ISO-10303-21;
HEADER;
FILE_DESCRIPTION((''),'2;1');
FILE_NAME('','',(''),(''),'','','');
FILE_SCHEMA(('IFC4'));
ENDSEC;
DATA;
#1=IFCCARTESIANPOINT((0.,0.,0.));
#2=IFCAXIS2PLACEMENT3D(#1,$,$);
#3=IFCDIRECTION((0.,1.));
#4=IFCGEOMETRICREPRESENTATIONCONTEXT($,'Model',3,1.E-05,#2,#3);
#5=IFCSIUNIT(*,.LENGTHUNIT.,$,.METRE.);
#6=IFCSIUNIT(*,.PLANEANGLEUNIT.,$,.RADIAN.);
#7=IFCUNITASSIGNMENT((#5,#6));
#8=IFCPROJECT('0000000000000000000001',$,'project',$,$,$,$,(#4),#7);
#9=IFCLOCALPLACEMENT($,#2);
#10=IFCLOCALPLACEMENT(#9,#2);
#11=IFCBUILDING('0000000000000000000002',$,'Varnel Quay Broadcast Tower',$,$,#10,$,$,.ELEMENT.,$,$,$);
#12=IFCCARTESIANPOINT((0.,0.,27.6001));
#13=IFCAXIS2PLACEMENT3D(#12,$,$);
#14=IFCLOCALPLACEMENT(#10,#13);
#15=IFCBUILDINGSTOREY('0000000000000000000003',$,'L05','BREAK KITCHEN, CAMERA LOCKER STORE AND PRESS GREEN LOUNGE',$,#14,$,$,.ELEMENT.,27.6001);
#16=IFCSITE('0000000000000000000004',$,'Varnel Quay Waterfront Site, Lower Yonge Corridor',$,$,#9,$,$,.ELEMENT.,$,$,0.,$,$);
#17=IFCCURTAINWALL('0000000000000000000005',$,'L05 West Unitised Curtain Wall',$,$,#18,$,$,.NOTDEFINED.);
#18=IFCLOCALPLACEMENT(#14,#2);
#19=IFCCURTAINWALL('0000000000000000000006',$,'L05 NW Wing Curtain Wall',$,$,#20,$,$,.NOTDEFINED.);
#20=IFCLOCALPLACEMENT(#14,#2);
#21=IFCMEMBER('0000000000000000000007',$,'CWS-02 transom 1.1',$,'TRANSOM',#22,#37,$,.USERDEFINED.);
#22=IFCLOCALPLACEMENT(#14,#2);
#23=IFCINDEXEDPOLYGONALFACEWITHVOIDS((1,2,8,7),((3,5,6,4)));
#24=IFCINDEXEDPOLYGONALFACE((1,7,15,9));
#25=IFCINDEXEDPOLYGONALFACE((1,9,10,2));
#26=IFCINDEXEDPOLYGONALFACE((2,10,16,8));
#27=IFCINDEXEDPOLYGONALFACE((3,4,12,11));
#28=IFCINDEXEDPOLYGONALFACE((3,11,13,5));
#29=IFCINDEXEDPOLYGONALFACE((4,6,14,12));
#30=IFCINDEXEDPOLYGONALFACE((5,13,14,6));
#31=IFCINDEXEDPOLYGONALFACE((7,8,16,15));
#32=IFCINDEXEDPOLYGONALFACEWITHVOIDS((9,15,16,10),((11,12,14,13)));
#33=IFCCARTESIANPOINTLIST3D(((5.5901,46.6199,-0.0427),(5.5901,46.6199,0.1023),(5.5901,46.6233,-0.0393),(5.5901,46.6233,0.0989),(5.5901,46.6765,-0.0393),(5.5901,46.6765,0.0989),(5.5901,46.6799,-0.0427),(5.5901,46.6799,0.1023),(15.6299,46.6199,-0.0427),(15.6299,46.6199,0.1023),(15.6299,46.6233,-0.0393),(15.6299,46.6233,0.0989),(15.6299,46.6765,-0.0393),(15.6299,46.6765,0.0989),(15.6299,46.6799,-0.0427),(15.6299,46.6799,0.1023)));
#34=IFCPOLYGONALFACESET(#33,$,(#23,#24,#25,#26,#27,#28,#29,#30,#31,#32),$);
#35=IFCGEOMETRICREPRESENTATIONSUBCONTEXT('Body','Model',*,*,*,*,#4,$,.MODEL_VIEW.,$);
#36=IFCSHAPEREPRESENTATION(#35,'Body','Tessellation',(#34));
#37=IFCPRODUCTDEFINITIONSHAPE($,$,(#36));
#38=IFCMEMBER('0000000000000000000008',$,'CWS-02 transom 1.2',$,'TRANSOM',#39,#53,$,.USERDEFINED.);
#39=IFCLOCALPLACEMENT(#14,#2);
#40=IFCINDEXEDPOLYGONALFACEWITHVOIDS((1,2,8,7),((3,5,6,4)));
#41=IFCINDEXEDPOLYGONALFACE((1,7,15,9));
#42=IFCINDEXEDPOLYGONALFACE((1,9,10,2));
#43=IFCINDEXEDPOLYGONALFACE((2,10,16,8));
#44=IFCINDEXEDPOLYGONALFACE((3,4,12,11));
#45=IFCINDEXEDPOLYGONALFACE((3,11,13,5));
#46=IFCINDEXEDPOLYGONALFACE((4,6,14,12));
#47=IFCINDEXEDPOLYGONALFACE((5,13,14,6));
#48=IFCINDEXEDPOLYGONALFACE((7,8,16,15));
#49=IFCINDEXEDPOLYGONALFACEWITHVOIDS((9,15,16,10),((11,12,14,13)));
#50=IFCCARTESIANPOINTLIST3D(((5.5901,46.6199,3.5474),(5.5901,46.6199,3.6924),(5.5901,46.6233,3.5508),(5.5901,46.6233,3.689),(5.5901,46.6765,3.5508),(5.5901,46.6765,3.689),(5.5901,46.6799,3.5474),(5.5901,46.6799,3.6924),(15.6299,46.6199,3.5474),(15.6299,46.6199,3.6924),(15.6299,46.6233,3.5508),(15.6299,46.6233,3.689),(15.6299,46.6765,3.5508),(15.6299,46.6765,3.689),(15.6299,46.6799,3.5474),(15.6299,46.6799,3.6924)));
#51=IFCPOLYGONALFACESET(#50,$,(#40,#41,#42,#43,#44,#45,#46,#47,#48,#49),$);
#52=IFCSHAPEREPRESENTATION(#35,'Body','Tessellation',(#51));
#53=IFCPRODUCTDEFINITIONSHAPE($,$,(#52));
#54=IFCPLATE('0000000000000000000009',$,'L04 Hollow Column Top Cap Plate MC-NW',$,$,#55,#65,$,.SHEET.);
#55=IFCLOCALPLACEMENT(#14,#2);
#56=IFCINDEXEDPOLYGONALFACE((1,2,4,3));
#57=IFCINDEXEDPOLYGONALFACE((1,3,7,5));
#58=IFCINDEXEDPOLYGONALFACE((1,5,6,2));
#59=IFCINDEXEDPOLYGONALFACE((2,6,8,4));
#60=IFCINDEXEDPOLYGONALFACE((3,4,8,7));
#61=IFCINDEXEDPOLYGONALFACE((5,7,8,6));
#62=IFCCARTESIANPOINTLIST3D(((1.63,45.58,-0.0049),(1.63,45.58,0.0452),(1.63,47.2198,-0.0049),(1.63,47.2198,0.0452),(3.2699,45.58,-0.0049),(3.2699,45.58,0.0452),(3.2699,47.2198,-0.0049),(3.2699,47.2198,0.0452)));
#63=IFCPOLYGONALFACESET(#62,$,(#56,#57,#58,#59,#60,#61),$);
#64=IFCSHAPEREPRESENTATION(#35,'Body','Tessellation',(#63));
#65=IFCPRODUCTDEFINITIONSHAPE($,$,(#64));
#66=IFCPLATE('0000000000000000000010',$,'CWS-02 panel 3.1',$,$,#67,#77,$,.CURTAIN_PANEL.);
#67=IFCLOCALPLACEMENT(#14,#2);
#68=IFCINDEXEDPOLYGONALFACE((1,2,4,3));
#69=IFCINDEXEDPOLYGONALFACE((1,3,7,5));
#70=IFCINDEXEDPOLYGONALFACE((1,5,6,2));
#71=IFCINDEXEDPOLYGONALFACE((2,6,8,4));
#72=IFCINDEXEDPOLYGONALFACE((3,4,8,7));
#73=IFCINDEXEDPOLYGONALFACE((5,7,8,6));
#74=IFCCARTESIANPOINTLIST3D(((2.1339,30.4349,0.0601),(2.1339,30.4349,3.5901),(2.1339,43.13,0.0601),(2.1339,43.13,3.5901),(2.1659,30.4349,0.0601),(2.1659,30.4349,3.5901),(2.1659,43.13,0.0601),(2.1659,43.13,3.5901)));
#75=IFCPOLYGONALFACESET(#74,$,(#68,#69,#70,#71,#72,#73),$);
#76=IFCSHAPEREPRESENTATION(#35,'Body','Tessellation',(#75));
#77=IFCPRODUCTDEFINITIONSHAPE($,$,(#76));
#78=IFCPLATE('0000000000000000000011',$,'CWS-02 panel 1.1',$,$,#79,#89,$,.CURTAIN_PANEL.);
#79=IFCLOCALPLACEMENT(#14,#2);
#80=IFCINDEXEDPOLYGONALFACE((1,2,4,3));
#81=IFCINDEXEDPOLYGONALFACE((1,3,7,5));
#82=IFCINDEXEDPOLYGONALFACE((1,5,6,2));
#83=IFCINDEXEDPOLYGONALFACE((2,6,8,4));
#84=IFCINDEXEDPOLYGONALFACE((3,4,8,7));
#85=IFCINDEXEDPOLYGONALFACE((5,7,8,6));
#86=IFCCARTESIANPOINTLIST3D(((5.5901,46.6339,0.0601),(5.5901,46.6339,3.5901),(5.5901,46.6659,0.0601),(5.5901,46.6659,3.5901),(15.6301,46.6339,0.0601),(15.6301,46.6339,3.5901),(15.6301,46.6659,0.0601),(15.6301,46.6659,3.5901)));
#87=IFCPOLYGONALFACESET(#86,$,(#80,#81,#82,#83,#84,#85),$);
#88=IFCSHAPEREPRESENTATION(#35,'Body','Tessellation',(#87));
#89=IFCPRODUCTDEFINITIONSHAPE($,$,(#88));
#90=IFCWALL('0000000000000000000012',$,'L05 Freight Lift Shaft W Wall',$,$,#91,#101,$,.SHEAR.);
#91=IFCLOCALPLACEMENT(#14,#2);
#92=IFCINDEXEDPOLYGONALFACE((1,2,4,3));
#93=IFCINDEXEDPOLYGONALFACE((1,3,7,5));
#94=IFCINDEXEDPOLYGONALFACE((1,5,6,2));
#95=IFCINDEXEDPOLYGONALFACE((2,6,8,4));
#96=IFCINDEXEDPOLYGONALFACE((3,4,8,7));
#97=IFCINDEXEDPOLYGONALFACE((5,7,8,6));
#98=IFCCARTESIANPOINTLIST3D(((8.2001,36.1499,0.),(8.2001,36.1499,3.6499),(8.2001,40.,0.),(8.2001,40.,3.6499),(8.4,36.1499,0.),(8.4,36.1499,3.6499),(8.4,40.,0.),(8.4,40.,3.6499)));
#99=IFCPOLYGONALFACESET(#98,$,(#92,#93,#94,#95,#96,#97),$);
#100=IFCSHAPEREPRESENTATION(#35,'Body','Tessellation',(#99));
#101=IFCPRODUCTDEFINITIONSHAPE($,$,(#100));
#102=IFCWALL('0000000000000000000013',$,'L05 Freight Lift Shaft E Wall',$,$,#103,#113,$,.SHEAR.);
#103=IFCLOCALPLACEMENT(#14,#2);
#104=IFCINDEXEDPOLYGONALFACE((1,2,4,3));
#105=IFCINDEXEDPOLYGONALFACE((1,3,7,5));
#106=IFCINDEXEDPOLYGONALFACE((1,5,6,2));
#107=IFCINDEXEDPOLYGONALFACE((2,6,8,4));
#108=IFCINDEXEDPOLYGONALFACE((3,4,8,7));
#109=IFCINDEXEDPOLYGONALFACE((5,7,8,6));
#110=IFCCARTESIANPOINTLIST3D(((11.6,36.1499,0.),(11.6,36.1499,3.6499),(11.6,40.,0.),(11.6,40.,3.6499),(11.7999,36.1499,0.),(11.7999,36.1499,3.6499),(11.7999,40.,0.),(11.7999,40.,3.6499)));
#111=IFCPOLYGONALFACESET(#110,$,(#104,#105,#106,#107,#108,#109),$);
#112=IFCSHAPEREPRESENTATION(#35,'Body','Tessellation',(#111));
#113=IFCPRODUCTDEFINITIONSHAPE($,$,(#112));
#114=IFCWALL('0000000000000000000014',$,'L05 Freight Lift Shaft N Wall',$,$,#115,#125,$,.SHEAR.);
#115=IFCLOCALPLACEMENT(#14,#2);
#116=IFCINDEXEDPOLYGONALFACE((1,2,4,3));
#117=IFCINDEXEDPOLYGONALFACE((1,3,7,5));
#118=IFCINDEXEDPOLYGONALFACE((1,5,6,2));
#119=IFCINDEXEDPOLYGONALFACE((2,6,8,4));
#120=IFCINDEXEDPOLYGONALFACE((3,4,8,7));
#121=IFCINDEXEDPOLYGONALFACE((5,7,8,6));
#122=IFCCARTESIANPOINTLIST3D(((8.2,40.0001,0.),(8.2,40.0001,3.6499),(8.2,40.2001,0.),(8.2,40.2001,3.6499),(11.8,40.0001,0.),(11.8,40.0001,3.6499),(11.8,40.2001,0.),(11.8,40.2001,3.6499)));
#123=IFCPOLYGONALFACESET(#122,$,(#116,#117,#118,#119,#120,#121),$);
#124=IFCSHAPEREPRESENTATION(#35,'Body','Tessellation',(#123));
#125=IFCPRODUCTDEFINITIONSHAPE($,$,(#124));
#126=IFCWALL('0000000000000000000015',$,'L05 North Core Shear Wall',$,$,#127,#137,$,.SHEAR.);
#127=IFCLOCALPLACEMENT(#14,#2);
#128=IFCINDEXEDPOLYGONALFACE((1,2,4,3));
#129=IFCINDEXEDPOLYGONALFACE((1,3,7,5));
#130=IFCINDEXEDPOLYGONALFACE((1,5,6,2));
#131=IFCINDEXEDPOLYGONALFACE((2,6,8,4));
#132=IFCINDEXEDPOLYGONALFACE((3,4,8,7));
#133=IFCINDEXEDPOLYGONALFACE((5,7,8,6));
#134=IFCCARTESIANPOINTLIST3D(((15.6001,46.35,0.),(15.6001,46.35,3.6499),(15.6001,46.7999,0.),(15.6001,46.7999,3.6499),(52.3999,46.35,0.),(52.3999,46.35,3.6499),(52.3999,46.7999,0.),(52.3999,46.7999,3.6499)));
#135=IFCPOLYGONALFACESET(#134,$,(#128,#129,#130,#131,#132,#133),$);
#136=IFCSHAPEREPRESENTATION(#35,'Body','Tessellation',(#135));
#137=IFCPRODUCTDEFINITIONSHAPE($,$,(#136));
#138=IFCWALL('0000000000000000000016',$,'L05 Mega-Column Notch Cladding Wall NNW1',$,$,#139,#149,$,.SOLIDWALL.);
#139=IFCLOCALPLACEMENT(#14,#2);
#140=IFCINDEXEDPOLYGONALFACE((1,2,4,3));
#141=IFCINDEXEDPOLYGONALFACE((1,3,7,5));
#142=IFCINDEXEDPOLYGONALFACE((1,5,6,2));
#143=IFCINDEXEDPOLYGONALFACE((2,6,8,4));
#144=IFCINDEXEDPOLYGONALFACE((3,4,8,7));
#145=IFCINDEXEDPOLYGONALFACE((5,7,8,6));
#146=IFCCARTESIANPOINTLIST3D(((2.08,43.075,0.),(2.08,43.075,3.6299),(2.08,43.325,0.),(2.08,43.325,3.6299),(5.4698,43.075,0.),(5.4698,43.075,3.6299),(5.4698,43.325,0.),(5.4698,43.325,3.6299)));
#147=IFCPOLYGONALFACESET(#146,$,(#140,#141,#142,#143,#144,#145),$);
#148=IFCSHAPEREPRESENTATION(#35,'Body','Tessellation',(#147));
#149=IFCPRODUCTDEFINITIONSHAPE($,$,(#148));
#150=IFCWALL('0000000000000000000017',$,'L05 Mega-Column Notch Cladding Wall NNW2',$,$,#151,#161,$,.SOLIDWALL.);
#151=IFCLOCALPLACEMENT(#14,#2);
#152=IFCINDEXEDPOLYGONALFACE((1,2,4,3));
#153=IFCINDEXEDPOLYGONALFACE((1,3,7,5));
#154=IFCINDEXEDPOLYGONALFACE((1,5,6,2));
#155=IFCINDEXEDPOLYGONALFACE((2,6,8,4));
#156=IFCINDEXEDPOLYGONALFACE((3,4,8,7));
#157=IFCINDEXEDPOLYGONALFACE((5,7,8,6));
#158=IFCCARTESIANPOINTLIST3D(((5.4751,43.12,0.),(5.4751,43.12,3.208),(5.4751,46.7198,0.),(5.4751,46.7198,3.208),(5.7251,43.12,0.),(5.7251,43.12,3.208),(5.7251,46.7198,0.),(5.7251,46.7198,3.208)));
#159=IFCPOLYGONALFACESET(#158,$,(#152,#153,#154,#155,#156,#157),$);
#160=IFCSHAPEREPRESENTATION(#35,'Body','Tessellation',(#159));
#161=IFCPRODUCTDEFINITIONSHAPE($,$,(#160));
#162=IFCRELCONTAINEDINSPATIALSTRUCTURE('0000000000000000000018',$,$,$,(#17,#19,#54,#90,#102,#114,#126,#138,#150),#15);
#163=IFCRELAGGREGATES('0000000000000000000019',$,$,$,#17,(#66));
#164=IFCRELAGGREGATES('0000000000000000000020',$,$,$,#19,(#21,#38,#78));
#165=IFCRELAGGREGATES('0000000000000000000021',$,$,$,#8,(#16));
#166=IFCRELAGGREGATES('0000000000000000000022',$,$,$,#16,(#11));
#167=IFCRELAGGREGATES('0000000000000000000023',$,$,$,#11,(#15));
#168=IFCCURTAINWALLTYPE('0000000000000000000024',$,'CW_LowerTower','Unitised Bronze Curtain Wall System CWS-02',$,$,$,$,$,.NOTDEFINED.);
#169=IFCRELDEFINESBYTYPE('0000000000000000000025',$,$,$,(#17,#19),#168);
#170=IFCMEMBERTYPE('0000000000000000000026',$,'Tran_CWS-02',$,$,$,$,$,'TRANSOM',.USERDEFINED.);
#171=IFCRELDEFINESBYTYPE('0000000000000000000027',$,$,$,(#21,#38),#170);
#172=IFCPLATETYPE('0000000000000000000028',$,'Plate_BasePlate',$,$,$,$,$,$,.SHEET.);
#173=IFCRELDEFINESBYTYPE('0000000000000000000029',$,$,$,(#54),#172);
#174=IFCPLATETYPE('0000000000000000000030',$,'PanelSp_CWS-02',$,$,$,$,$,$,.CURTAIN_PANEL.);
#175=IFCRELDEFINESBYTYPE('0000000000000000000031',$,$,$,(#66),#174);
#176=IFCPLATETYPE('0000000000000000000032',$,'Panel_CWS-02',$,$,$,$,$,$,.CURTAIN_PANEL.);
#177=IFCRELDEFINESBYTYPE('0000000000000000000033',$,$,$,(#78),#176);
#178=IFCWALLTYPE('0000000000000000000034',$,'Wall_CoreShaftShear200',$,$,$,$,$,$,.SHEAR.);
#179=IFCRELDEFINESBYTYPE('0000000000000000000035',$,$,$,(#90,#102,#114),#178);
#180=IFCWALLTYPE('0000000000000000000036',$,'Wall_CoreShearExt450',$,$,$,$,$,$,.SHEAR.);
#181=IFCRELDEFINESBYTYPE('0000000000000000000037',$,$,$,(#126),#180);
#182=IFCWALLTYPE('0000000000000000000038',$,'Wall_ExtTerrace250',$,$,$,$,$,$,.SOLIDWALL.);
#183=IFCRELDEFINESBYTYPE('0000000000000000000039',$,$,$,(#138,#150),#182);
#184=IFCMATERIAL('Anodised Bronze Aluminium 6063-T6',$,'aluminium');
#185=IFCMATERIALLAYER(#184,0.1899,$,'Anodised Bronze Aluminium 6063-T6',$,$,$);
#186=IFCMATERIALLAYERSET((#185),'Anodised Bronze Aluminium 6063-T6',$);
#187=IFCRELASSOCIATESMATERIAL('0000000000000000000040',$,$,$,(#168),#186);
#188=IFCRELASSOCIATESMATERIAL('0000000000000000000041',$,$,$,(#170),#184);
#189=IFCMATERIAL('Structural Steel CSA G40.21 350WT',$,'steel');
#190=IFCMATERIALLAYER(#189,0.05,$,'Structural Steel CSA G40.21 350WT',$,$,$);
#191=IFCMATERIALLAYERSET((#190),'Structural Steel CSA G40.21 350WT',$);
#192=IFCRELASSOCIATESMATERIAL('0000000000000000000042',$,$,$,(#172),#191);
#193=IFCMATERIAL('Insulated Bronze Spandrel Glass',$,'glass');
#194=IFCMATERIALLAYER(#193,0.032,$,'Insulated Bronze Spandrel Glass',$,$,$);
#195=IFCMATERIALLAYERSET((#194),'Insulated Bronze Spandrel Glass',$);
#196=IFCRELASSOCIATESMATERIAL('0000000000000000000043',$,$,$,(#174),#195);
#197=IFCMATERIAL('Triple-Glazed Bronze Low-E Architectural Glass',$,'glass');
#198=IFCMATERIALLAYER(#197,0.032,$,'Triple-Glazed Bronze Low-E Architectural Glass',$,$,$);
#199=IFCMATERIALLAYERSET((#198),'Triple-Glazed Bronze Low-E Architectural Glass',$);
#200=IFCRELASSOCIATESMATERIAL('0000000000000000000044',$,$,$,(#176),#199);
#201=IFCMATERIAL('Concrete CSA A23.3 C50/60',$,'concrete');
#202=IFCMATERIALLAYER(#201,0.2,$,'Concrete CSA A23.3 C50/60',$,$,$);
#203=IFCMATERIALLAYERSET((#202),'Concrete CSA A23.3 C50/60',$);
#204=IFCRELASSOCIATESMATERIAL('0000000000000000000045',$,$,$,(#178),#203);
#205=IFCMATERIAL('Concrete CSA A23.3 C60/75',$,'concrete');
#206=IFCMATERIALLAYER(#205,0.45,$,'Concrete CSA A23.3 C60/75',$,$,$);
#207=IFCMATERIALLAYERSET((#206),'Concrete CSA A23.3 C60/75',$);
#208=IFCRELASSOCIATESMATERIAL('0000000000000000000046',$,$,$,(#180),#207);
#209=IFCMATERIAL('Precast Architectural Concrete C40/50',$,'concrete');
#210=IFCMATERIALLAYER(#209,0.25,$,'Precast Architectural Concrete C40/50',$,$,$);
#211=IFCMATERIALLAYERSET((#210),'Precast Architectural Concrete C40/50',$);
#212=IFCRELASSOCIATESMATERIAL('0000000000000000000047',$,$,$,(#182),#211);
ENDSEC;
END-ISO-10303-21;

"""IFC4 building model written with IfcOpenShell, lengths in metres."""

from ifc_helpers import new_model, si_unit, direction, frame, frame_2d, origin, origin_2d, place, context, subcontext, project, spatial, rectangle, hollow_rectangle, extrude, source, transform, mapped, material, layer, layer_set, material_profile, profile_set, type_object, type_shapes, element, aggregate, save


model = new_model("IFC4")

# Units and contexts
model_context = context("Model", 3, precision=1e-05, world=origin(), true_north=direction((0.0, 1.0)))
body_context = subcontext(model_context, "Body", "Model", "MODEL_VIEW")
ifc_project = project(units=[si_unit("LENGTHUNIT", "METRE"), si_unit("PLANEANGLEUNIT", "RADIAN")], contexts=[model_context])

# Site, building, storey
site_placement = place(None, origin())
site = spatial("IfcSite", under=ifc_project, at=site_placement, Name="Varnel Quay Waterfront Site, Lower Yonge Corridor", CompositionType="ELEMENT", RefElevation=0.0)
building_placement = place(site_placement, origin())
building = spatial("IfcBuilding", under=site, at=building_placement, Name="Varnel Quay Broadcast Tower", CompositionType="ELEMENT")
storey_placement = place(building_placement, frame((0.0, 0.0, 27.6001)))
storey = spatial("IfcBuildingStorey", under=building, at=storey_placement, Name="L05", Description="BREAK KITCHEN, CAMERA LOCKER STORE AND PRESS GREEN LOUNGE", CompositionType="ELEMENT", Elevation=27.6001)

# Shared definitions
ifc_material_1 = material(Name="Structural Steel CSA G40.21 350WT", Category="steel")

# Curtain wall
ifc_material_2 = material(Name="Anodised Bronze Aluminium 6063-T6", Category="aluminium")
ifc_layer_1 = layer(ifc_material_2, 0.1899, Name="Anodised Bronze Aluminium 6063-T6")
ifc_layer_set_1 = layer_set([ifc_layer_1], Name="Anodised Bronze Aluminium 6063-T6")
curtain_wall_type = type_object("IfcCurtainWallType", Name="CW_LowerTower", Description="Unitised Bronze Curtain Wall System CWS-02", PredefinedType="NOTDEFINED", material=ifc_layer_set_1)
curtain_wall_1_placement = place(storey_placement, origin())
curtain_wall_1 = element("IfcCurtainWall", 1, at=curtain_wall_1_placement, inside=storey, type_object=curtain_wall_type, Name="L05 West Unitised Curtain Wall", PredefinedType="NOTDEFINED")

# Curtain wall, members
curtain_wall_2_placement = place(storey_placement, origin())
curtain_wall_2 = element("IfcCurtainWall", 2, at=curtain_wall_2_placement, inside=storey, type_object=curtain_wall_type, Name="L05 NW Wing Curtain Wall", PredefinedType="NOTDEFINED")
ifc_material_profile_1 = material_profile(ifc_material_2, hollow_rectangle(XDim=0.0601, YDim=0.145, WallThickness=0.0034, at=origin_2d()), Name="ALU60X145X3.5")
ifc_profile_set_1 = profile_set([ifc_material_profile_1], Name="Anodised Bronze Aluminium 6063-T6")
member_type_1 = type_object("IfcMemberType", Name="Tran_CWS-02", ElementType="TRANSOM", PredefinedType="USERDEFINED", material=ifc_profile_set_1)
shared_shape_1 = source(origin(), body_context, "Body", "SweptSolid", [
    extrude(hollow_rectangle(XDim=0.0601, YDim=0.145, WallThickness=0.0034, at=origin_2d()), origin(), (0.0, 0.0, 1.0), 10.0398),
])
type_shapes(member_type_1, [shared_shape_1])
member_1_placement = place(storey_placement, frame((5.5901, 46.6499, 0.0298), z_axis=(1.0, 0.0, 0.0), x_axis=(0.0, 1.0, 0.0)))
member_1 = element("IfcMember", 3, at=member_1_placement, type_object=member_type_1, Name="CWS-02 transom 1.1", ObjectType="TRANSOM", PredefinedType="USERDEFINED", context=body_context, shape_type="MappedRepresentation", body=[
    mapped(shared_shape_1, transform((0.0, 0.0, 0.0), x_axis=(1.0, 0.0, 0.0), y_axis=(0.0, 1.0, 0.0), z_axis=(0.0, 0.0, 1.0), scale=1.0)),
])
member_2_placement = place(storey_placement, frame((5.5901, 46.6499, 3.6199), z_axis=(1.0, 0.0, 0.0), x_axis=(0.0, 1.0, 0.0)))
member_2 = element("IfcMember", 4, at=member_2_placement, type_object=member_type_1, Name="CWS-02 transom 1.2", ObjectType="TRANSOM", PredefinedType="USERDEFINED", context=body_context, shape_type="MappedRepresentation", body=[
    mapped(shared_shape_1, transform((0.0, 0.0, 0.0), x_axis=(1.0, 0.0, 0.0), y_axis=(0.0, 1.0, 0.0), z_axis=(0.0, 0.0, 1.0), scale=1.0)),
])

# Plates
ifc_layer_2 = layer(ifc_material_1, 0.05, Name="Structural Steel CSA G40.21 350WT")
ifc_layer_set_2 = layer_set([ifc_layer_2], Name="Structural Steel CSA G40.21 350WT")
plate_type_1 = type_object("IfcPlateType", Name="Plate_BasePlate", PredefinedType="SHEET", material=ifc_layer_set_2)
shared_shape_2 = source(origin(), body_context, "Body", "SweptSolid", [
    extrude(rectangle(XDim=1.6399, YDim=1.6399, at=origin_2d()), origin(), (0.0, 0.0, 1.0), 0.05),
])
type_shapes(plate_type_1, [shared_shape_2])
plate_1_placement = place(storey_placement, frame((2.45, 46.3999, -0.0049), z_axis=(0.0, 0.0, 1.0), x_axis=(1.0, 0.0, 0.0)))
element("IfcPlate", 5, at=plate_1_placement, inside=storey, type_object=plate_type_1, Name="L04 Hollow Column Top Cap Plate MC-NW", PredefinedType="SHEET", context=body_context, shape_type="MappedRepresentation", body=[
    mapped(shared_shape_2, transform((0.0, 0.0, 0.0), x_axis=(1.0, 0.0, 0.0), y_axis=(0.0, 1.0, 0.0), z_axis=(0.0, 0.0, 1.0), scale=1.0)),
])
ifc_material_3 = material(Name="Insulated Bronze Spandrel Glass", Category="glass")
ifc_layer_3 = layer(ifc_material_3, 0.032, Name="Insulated Bronze Spandrel Glass")
ifc_layer_set_3 = layer_set([ifc_layer_3], Name="Insulated Bronze Spandrel Glass")
plate_type_2 = type_object("IfcPlateType", Name="PanelSp_CWS-02", PredefinedType="CURTAIN_PANEL", material=ifc_layer_set_3)
shared_shape_3 = source(origin(), body_context, "Body", "SweptSolid", [
    extrude(rectangle(XDim=12.6951, YDim=0.032, at=origin_2d()), origin(), (0.0, 0.0, 1.0), 3.53),
])
type_shapes(plate_type_2, [shared_shape_3])
plate_2_placement = place(storey_placement, frame((2.1499, 36.7825, 0.0601), z_axis=(0.0, 0.0, 1.0), x_axis=(0.0, 1.0, 0.0)))
plate_2 = element("IfcPlate", 6, at=plate_2_placement, type_object=plate_type_2, Name="CWS-02 panel 3.1", PredefinedType="CURTAIN_PANEL", context=body_context, shape_type="MappedRepresentation", body=[
    mapped(shared_shape_3, transform((0.0, 0.0, 0.0), x_axis=(1.0, 0.0, 0.0), y_axis=(0.0, 1.0, 0.0), z_axis=(0.0, 0.0, 1.0), scale=1.0)),
])
aggregate(curtain_wall_1, [plate_2])
ifc_material_4 = material(Name="Triple-Glazed Bronze Low-E Architectural Glass", Category="glass")
ifc_layer_4 = layer(ifc_material_4, 0.032, Name="Triple-Glazed Bronze Low-E Architectural Glass")
ifc_layer_set_4 = layer_set([ifc_layer_4], Name="Triple-Glazed Bronze Low-E Architectural Glass")
plate_type_3 = type_object("IfcPlateType", Name="Panel_CWS-02", PredefinedType="CURTAIN_PANEL", material=ifc_layer_set_4)
shared_shape_4 = source(origin(), body_context, "Body", "SweptSolid", [
    extrude(rectangle(XDim=10.04, YDim=0.032, at=origin_2d()), origin(), (0.0, 0.0, 1.0), 3.53),
])
type_shapes(plate_type_3, [shared_shape_4])
plate_3_placement = place(storey_placement, frame((10.6101, 46.6499, 0.0601), z_axis=(0.0, 0.0, 1.0), x_axis=(1.0, 0.0, 0.0)))
plate_3 = element("IfcPlate", 7, at=plate_3_placement, type_object=plate_type_3, Name="CWS-02 panel 1.1", PredefinedType="CURTAIN_PANEL", context=body_context, shape_type="MappedRepresentation", body=[
    mapped(shared_shape_4, transform((0.0, 0.0, 0.0), x_axis=(1.0, 0.0, 0.0), y_axis=(0.0, 1.0, 0.0), z_axis=(0.0, 0.0, 1.0), scale=1.0)),
])
aggregate(curtain_wall_2, [member_1, member_2, plate_3])

# Walls
ifc_material_5 = material(Name="Concrete CSA A23.3 C50/60", Category="concrete")
ifc_layer_5 = layer(ifc_material_5, 0.2, Name="Concrete CSA A23.3 C50/60")
ifc_layer_set_5 = layer_set([ifc_layer_5], Name="Concrete CSA A23.3 C50/60")
wall_type_1 = type_object("IfcWallType", Name="Wall_CoreShaftShear200", PredefinedType="SHEAR", material=ifc_layer_set_5)
for number, where, z_axis, x_axis, name in (
    (8, (8.3, 36.1499, 0.0), (0.0, 0.0, 1.0), (0.0, 1.0, 0.0), "L05 Freight Lift Shaft W Wall"),
    (9, (11.7, 36.1499, 0.0), (0.0, 0.0, 1.0), (0.0, 1.0, 0.0), "L05 Freight Lift Shaft E Wall"),
):
    element("IfcWall", number, at=place(storey_placement, frame(where, z_axis=z_axis, x_axis=x_axis)), inside=storey, type_object=wall_type_1, Name=name, PredefinedType="SHEAR", context=body_context, shape_type="SweptSolid", body=[
        extrude(rectangle(XDim=3.8501, YDim=0.2, at=frame_2d((1.925, 0.0))), origin(), (0.0, 0.0, 1.0), 3.6499),
    ])
wall_1_placement = place(storey_placement, frame((8.2, 40.1001, 0.0), z_axis=(0.0, 0.0, 1.0), x_axis=(1.0, 0.0, 0.0)))
element("IfcWall", 10, at=wall_1_placement, inside=storey, type_object=wall_type_1, Name="L05 Freight Lift Shaft N Wall", PredefinedType="SHEAR", context=body_context, shape_type="SweptSolid", body=[
    extrude(rectangle(XDim=3.6001, YDim=0.2, at=frame_2d((1.8, 0.0))), origin(), (0.0, 0.0, 1.0), 3.6499),
])
ifc_material_6 = material(Name="Concrete CSA A23.3 C60/75", Category="concrete")
ifc_layer_6 = layer(ifc_material_6, 0.45, Name="Concrete CSA A23.3 C60/75")
ifc_layer_set_6 = layer_set([ifc_layer_6], Name="Concrete CSA A23.3 C60/75")
wall_type_2 = type_object("IfcWallType", Name="Wall_CoreShearExt450", PredefinedType="SHEAR", material=ifc_layer_set_6)
wall_2_placement = place(storey_placement, frame((15.6001, 46.575, 0.0), z_axis=(0.0, 0.0, 1.0), x_axis=(1.0, 0.0, 0.0)))
element("IfcWall", 11, at=wall_2_placement, inside=storey, type_object=wall_type_2, Name="L05 North Core Shear Wall", PredefinedType="SHEAR", context=body_context, shape_type="SweptSolid", body=[
    extrude(rectangle(XDim=36.7998, YDim=0.45, at=frame_2d((18.3999, 0.0))), origin(), (0.0, 0.0, 1.0), 3.6499),
])
ifc_material_7 = material(Name="Precast Architectural Concrete C40/50", Category="concrete")
ifc_layer_7 = layer(ifc_material_7, 0.25, Name="Precast Architectural Concrete C40/50")
ifc_layer_set_7 = layer_set([ifc_layer_7], Name="Precast Architectural Concrete C40/50")
wall_type_3 = type_object("IfcWallType", Name="Wall_ExtTerrace250", PredefinedType="SOLIDWALL", material=ifc_layer_set_7)
wall_3_placement = place(storey_placement, frame((2.0801, 43.2, 0.0), z_axis=(0.0, 0.0, 1.0), x_axis=(1.0, 0.0, 0.0)))
element("IfcWall", 12, at=wall_3_placement, inside=storey, type_object=wall_type_3, Name="L05 Mega-Column Notch Cladding Wall NNW1", PredefinedType="SOLIDWALL", context=body_context, shape_type="SweptSolid", body=[
    extrude(rectangle(XDim=3.3899, YDim=0.25, at=frame_2d((1.6948, 0.0))), origin(), (0.0, 0.0, 1.0), 3.6299),
])
wall_4_placement = place(storey_placement, frame((5.6001, 43.1201, 0.0), z_axis=(0.0, 0.0, 1.0), x_axis=(0.0, 1.0, 0.0)))
element("IfcWall", 13, at=wall_4_placement, inside=storey, type_object=wall_type_3, Name="L05 Mega-Column Notch Cladding Wall NNW2", PredefinedType="SOLIDWALL", context=body_context, shape_type="SweptSolid", body=[
    extrude(rectangle(XDim=3.5999, YDim=0.25, at=frame_2d((1.7998, 0.0))), origin(), (0.0, 0.0, 1.0), 3.208),
])

save(model, "model.ifc")
